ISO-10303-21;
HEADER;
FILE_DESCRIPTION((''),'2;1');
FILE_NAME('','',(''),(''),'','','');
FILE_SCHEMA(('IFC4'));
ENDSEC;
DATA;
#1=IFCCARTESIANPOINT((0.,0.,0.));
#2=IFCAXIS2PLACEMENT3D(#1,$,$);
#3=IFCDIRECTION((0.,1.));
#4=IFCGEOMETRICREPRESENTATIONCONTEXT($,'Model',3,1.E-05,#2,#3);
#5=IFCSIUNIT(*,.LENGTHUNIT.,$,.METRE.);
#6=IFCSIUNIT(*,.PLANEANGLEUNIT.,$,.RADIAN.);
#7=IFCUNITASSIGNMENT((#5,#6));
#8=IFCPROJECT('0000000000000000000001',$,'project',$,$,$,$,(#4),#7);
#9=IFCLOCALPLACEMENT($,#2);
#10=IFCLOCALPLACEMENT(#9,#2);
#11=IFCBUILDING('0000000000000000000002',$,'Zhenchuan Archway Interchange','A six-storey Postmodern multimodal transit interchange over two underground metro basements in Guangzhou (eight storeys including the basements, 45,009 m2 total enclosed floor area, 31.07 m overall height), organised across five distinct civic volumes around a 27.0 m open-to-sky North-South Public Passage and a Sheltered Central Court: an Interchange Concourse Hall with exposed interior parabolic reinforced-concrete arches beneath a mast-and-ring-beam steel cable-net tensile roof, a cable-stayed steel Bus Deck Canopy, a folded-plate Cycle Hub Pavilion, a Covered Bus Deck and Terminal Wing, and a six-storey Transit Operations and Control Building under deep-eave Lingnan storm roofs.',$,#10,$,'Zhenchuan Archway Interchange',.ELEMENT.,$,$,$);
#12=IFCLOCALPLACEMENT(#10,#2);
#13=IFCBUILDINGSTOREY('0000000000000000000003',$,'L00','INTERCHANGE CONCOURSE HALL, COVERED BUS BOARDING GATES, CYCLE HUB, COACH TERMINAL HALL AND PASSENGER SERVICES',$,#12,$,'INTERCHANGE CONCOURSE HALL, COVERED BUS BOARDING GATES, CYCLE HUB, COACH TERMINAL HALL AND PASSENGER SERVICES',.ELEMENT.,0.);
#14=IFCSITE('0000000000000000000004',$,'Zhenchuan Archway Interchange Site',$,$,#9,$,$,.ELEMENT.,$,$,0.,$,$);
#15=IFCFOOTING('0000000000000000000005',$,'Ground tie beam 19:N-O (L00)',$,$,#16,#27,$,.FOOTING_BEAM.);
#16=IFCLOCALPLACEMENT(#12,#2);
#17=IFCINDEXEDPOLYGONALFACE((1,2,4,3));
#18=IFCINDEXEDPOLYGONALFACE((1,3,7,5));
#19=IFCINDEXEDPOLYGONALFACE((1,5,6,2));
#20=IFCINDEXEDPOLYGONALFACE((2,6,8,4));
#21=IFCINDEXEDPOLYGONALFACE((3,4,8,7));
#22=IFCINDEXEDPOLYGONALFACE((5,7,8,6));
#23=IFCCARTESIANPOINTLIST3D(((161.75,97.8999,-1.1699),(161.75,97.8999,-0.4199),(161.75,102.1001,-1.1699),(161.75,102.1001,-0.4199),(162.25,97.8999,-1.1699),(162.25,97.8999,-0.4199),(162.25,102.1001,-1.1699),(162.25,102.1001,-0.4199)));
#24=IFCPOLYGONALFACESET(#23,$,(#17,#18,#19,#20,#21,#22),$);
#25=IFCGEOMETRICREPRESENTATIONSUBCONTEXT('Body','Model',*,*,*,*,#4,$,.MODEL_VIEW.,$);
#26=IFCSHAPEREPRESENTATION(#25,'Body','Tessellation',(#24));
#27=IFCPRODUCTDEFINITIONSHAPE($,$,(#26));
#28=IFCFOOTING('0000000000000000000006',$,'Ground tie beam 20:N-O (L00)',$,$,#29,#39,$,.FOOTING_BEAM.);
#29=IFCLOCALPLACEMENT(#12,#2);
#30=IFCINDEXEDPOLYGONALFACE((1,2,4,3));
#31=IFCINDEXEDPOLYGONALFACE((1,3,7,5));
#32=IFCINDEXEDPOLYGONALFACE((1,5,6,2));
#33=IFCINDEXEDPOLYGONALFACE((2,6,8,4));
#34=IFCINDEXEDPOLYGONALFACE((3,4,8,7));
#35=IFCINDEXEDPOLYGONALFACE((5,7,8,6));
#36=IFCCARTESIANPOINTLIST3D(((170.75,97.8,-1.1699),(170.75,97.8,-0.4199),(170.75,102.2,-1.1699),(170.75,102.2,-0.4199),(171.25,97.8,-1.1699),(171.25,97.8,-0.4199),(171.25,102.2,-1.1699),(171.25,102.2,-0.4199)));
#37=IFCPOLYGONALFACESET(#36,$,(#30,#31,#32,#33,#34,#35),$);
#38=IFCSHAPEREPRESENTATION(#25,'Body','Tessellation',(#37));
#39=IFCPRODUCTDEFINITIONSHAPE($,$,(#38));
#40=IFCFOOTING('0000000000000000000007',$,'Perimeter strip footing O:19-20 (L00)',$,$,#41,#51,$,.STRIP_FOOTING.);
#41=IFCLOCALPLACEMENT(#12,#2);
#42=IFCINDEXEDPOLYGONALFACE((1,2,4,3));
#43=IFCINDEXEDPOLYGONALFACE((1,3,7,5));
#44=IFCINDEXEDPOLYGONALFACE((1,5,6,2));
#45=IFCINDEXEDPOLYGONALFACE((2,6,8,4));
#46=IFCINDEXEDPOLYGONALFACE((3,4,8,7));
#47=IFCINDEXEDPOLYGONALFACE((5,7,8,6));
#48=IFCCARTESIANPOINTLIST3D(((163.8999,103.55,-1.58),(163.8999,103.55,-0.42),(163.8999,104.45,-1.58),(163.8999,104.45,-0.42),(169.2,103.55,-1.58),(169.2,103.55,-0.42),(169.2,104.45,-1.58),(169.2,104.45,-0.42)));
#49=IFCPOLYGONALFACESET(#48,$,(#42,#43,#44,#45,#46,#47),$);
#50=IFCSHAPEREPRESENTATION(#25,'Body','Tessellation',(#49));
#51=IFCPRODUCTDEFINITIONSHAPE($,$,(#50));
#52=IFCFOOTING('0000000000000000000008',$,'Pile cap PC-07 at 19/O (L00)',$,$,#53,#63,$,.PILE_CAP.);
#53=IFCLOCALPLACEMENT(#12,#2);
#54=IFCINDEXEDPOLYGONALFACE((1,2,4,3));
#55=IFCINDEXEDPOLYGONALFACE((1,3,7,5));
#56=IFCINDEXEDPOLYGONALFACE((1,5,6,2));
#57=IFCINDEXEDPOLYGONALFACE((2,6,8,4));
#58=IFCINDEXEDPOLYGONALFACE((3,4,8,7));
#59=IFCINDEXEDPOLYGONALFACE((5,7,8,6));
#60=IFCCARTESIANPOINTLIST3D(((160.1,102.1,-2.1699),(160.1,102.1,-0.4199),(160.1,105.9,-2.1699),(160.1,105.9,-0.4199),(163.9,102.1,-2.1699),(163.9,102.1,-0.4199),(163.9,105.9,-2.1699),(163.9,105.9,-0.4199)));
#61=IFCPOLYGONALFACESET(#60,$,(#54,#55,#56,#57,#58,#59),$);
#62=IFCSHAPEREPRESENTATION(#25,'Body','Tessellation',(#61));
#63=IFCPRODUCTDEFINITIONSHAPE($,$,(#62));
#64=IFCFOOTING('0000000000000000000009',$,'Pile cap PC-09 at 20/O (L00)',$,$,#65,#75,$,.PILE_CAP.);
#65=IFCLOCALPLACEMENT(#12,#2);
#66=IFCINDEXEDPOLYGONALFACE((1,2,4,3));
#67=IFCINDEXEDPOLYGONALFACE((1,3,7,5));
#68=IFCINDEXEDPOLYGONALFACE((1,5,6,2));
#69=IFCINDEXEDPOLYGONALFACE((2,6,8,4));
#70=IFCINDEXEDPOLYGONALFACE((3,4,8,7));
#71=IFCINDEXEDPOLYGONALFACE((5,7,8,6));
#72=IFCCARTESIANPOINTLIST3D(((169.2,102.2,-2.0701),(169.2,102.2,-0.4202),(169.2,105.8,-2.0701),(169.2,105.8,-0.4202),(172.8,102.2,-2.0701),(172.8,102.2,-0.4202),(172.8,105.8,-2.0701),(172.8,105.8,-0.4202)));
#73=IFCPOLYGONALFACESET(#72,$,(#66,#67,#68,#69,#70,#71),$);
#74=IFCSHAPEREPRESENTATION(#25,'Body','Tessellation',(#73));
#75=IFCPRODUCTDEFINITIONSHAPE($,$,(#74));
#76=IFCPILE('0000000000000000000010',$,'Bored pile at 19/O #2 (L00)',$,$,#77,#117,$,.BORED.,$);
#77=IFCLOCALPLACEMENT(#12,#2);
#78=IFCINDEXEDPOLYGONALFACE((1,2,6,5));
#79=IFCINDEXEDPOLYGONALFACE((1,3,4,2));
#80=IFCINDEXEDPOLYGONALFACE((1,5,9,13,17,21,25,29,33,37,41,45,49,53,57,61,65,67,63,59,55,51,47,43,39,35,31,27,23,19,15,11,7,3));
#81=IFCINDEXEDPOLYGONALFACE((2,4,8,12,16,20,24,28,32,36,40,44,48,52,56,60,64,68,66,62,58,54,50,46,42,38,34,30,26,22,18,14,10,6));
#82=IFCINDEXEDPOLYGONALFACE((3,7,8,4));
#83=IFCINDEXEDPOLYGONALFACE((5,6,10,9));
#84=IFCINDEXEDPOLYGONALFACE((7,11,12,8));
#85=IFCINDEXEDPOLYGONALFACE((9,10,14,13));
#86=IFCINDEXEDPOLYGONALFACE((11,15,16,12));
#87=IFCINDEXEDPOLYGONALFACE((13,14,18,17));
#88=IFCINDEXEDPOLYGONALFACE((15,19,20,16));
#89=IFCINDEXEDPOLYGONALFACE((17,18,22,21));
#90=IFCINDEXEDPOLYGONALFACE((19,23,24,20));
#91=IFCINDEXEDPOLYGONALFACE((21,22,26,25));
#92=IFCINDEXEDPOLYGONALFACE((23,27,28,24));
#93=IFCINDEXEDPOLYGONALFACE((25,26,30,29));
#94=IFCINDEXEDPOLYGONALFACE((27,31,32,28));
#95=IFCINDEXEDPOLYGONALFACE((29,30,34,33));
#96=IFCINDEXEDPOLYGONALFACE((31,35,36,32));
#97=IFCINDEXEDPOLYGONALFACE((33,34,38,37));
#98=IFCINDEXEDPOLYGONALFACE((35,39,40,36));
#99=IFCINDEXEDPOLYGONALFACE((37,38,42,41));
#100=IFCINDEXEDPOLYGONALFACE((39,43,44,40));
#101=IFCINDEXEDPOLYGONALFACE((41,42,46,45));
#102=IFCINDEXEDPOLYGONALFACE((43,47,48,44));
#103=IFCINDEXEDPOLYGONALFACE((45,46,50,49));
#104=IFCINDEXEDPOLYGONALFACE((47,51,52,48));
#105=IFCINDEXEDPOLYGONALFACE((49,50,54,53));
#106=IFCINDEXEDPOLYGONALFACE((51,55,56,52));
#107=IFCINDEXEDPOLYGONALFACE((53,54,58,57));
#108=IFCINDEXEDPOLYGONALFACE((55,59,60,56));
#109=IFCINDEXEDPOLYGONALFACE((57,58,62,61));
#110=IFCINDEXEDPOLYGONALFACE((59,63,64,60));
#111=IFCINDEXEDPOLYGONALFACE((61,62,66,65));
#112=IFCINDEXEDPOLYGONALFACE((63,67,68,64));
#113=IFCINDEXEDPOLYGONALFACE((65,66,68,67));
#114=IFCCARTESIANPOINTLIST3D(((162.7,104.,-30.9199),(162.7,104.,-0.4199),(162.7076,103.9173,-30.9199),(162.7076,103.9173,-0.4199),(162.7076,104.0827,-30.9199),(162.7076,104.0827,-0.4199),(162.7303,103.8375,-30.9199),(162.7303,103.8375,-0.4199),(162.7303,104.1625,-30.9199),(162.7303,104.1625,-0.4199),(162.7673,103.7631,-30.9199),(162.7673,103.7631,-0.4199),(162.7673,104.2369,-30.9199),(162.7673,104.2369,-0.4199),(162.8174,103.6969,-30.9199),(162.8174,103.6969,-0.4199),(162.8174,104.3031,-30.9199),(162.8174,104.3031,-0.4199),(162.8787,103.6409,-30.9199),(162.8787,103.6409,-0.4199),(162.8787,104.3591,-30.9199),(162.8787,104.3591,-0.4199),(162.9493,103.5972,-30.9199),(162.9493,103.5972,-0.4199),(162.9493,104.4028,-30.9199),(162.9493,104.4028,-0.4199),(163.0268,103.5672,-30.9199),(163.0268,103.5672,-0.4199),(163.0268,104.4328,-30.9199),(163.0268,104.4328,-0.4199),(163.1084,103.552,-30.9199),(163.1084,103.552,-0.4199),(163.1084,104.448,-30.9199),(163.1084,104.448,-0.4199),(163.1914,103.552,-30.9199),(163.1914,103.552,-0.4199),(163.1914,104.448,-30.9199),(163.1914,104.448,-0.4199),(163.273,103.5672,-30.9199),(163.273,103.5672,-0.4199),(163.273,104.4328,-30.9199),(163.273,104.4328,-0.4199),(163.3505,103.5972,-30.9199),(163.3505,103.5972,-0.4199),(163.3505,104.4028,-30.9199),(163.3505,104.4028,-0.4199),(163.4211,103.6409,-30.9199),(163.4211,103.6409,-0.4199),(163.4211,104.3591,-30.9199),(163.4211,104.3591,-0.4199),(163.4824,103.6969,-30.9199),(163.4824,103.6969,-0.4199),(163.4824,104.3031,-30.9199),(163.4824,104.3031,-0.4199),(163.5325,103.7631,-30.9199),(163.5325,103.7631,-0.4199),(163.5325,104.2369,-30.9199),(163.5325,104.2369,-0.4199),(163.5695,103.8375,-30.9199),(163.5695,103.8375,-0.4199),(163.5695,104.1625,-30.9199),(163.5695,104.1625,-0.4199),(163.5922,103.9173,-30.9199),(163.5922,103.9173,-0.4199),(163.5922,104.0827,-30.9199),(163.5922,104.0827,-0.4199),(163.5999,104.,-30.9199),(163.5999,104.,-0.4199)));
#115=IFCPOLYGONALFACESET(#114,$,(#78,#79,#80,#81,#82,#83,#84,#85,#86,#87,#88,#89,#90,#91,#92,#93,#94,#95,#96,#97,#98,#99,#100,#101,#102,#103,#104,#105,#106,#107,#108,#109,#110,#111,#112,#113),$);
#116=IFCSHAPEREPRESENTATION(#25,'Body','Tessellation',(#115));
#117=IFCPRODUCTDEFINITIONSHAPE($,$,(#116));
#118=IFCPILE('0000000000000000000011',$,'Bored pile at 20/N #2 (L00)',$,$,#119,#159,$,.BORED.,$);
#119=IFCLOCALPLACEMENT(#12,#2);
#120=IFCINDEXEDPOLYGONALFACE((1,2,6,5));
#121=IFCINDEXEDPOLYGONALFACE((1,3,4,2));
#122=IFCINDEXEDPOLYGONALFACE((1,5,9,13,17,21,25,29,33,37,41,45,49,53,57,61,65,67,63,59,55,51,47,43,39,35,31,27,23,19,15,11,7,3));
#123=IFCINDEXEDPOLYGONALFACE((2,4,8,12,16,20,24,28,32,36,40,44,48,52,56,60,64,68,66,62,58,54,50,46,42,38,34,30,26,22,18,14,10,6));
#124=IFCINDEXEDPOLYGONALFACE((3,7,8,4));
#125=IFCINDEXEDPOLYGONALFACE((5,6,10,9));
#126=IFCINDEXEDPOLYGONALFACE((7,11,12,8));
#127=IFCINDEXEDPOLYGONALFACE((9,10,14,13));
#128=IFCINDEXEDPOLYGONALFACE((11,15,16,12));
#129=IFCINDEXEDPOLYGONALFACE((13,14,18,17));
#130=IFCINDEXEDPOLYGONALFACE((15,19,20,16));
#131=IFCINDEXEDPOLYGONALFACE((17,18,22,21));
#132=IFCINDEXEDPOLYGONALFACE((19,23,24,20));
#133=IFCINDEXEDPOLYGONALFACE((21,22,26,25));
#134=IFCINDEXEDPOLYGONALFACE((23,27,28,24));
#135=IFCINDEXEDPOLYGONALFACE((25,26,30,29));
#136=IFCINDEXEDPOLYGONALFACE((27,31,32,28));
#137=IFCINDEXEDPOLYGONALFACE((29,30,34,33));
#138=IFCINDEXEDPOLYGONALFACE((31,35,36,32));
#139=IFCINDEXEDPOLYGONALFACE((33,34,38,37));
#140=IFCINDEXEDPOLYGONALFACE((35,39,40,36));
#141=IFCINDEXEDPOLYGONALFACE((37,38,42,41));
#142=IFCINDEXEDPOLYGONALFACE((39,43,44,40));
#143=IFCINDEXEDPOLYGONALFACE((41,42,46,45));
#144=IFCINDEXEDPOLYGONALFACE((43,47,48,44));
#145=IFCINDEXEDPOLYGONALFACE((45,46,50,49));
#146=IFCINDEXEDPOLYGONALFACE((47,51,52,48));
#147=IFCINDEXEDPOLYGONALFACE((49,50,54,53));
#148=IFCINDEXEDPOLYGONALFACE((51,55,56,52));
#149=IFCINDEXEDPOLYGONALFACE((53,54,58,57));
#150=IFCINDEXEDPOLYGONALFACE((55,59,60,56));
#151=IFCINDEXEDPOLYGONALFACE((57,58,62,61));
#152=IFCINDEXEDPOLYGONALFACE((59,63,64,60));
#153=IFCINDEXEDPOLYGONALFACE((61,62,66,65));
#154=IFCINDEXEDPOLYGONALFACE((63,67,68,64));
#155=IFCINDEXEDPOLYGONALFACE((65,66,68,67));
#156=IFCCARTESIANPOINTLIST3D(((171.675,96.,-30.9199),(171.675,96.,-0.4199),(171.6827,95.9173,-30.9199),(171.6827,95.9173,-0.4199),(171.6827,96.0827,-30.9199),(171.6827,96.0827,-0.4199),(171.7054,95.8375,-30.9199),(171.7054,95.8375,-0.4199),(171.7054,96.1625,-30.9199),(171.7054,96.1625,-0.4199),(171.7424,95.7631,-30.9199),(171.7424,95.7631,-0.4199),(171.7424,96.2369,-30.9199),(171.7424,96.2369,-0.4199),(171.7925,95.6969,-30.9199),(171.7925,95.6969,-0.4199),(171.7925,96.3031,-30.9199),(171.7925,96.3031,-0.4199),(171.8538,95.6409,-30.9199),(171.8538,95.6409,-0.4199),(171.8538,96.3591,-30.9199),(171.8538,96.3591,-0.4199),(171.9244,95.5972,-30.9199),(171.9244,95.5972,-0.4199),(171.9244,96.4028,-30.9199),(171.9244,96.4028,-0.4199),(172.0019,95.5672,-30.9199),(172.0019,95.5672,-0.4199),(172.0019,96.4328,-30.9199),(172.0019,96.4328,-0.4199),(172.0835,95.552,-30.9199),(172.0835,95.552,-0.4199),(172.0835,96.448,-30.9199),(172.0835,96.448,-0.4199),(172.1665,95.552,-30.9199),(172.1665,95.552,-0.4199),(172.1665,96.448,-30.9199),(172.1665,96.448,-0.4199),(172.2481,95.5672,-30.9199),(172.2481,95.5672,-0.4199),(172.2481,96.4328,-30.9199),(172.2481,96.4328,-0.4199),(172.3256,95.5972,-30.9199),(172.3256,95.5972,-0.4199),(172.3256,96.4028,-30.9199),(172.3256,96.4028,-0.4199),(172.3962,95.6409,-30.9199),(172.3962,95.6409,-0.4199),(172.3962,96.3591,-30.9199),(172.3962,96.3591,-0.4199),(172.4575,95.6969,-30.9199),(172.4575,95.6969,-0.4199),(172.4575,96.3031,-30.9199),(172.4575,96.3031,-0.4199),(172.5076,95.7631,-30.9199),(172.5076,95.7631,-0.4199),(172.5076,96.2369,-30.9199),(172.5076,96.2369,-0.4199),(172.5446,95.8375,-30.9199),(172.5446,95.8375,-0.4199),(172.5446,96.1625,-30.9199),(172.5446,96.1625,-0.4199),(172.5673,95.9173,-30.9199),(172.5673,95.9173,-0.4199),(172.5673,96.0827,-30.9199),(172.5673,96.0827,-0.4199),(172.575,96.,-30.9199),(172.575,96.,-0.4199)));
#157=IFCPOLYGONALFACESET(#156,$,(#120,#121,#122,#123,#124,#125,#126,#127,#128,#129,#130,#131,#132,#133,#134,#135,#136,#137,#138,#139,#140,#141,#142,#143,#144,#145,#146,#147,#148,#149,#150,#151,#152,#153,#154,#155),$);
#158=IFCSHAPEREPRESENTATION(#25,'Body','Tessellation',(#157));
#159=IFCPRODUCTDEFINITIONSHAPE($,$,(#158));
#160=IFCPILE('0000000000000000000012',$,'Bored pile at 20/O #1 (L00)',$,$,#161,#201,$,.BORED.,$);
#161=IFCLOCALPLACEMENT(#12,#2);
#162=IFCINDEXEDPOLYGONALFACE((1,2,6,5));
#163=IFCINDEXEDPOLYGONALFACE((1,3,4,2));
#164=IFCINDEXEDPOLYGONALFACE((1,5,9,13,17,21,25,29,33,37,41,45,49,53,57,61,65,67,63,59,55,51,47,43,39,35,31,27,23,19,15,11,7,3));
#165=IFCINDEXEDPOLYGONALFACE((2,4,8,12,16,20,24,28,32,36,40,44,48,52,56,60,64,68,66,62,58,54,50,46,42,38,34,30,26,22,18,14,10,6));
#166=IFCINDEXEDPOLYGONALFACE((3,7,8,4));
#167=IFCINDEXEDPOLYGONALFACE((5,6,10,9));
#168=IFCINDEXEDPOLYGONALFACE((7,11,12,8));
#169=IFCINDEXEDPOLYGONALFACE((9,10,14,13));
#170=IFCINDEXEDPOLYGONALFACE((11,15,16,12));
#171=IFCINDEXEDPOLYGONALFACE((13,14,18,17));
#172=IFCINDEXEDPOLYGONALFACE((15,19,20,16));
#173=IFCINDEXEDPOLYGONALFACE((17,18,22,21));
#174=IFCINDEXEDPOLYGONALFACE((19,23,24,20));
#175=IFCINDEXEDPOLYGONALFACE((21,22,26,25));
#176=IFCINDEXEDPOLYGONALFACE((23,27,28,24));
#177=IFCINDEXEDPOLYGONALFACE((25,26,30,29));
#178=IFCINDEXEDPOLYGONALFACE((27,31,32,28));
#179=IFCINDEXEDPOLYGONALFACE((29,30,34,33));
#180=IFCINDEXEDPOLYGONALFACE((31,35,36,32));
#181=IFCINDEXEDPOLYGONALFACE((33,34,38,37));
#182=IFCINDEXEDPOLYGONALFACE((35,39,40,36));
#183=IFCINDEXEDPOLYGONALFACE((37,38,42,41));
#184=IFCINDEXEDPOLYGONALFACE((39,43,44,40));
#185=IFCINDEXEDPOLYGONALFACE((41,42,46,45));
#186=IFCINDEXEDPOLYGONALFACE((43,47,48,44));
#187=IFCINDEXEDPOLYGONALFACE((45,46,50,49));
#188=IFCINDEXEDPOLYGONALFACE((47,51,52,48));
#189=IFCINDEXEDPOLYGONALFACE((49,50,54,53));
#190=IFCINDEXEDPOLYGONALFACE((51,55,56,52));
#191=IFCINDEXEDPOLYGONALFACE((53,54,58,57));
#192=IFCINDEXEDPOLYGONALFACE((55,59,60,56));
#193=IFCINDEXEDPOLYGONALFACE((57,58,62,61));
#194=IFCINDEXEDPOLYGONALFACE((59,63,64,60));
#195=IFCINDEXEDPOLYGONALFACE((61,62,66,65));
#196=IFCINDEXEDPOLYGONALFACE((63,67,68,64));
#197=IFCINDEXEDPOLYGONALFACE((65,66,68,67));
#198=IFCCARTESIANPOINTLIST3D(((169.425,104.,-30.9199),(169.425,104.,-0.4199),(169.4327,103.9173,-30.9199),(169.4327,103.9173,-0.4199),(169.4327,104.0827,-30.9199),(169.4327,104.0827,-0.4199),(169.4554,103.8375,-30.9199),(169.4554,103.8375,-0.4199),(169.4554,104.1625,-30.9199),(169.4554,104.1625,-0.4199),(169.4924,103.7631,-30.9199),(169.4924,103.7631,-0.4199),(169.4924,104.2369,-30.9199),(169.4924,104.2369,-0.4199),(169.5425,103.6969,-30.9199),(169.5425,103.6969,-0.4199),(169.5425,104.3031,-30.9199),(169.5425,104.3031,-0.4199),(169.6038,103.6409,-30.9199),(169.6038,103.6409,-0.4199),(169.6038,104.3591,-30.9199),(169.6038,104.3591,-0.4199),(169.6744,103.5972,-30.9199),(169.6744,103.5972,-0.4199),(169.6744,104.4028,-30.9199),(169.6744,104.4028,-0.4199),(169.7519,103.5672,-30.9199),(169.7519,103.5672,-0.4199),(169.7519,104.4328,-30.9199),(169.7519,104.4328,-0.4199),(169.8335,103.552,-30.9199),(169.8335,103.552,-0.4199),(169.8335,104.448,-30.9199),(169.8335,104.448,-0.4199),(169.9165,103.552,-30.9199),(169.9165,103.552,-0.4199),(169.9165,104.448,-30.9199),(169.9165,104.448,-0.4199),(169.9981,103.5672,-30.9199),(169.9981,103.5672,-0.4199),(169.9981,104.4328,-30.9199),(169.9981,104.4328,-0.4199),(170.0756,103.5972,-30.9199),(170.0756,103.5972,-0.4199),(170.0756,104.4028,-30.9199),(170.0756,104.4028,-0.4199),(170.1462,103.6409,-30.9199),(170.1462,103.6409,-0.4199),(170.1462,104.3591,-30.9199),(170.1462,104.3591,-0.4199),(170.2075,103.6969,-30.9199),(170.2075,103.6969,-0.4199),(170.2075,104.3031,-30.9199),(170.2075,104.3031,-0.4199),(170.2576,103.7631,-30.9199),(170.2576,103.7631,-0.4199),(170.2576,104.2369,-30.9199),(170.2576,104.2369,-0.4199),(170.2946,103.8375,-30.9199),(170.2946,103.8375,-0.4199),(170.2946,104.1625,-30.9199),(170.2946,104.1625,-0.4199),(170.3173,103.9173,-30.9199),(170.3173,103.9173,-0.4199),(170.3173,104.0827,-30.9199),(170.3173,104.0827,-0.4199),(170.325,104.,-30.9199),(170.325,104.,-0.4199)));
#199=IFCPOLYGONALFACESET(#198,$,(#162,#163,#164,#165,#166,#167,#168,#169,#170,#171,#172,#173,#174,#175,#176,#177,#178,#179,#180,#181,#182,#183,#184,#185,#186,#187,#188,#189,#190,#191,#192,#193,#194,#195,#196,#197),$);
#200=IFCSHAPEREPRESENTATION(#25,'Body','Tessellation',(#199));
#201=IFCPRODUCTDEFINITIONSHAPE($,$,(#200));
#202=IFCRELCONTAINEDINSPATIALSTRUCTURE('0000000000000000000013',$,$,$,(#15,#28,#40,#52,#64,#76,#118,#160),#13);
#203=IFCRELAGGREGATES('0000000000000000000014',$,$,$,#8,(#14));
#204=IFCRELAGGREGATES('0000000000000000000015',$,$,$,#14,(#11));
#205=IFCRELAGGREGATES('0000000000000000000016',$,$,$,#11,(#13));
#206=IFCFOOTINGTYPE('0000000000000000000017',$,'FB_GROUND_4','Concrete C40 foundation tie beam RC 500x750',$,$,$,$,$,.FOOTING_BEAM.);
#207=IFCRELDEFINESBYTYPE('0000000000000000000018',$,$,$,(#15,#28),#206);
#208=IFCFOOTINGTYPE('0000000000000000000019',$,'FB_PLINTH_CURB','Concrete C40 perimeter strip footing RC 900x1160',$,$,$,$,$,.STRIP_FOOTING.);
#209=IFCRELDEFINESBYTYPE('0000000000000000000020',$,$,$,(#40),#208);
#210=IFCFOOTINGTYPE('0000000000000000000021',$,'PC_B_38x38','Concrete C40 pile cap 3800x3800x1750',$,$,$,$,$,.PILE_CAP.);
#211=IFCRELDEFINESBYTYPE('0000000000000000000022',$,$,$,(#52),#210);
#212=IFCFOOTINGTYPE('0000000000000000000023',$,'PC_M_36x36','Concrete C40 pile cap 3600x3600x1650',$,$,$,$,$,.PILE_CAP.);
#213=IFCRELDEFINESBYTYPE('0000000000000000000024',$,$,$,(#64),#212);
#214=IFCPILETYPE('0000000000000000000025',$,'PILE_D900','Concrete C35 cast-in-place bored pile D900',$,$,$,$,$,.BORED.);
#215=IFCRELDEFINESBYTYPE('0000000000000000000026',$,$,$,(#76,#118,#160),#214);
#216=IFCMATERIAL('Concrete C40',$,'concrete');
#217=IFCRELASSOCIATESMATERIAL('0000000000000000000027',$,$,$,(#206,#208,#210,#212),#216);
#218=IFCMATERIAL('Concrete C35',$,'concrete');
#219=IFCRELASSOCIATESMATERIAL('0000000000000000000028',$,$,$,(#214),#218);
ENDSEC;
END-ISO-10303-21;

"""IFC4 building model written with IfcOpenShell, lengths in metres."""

from ifc_helpers import new_model, si_unit, direction, frame, origin, origin_2d, place, context, subcontext, project, spatial, rectangle, circle, extrude, material, material_profile, profile_set, type_object, element, save


model = new_model("IFC4")

# Units and contexts
model_context = context("Model", 3, precision=1e-05, world=origin(), true_north=direction((0.0, 1.0)))
body_context = subcontext(model_context, "Body", "Model", "MODEL_VIEW")
ifc_project = project(units=[si_unit("LENGTHUNIT", "METRE"), si_unit("PLANEANGLEUNIT", "RADIAN")], contexts=[model_context])

# Site, building, storey
site_placement = place(None, origin())
site = spatial("IfcSite", under=ifc_project, at=site_placement, Name="Zhenchuan Archway Interchange Site", CompositionType="ELEMENT", RefElevation=0.0)
building_placement = place(site_placement, origin())
building = spatial("IfcBuilding", under=site, at=building_placement, Name="Zhenchuan Archway Interchange", Description="A six-storey Postmodern multimodal transit interchange over two underground metro basements in Guangzhou (eight storeys including the basements, 45,009 m2 total enclosed floor area, 31.07 m overall height), organised across five distinct civic volumes around a 27.0 m open-to-sky North-South Public Passage and a Sheltered Central Court: an Interchange Concourse Hall with exposed interior parabolic reinforced-concrete arches beneath a mast-and-ring-beam steel cable-net tensile roof, a cable-stayed steel Bus Deck Canopy, a folded-plate Cycle Hub Pavilion, a Covered Bus Deck and Terminal Wing, and a six-storey Transit Operations and Control Building under deep-eave Lingnan storm roofs.", LongName="Zhenchuan Archway Interchange", CompositionType="ELEMENT")
storey_placement = place(building_placement, origin())
storey = spatial("IfcBuildingStorey", under=building, at=storey_placement, Name="L00", Description="INTERCHANGE CONCOURSE HALL, COVERED BUS BOARDING GATES, CYCLE HUB, COACH TERMINAL HALL AND PASSENGER SERVICES", LongName="INTERCHANGE CONCOURSE HALL, COVERED BUS BOARDING GATES, CYCLE HUB, COACH TERMINAL HALL AND PASSENGER SERVICES", CompositionType="ELEMENT", Elevation=0.0)

# Footings
ifc_material_1 = material(Name="Concrete C40", Category="concrete")
ifc_material_profile_1 = material_profile(ifc_material_1, rectangle(XDim=0.5, YDim=0.75, at=origin_2d()), Name="RC 500x750")
ifc_profile_set_1 = profile_set([ifc_material_profile_1], Name="Concrete C40")
footing_type_1 = type_object("IfcFootingType", Name="FB_GROUND_4", Description="Concrete C40 foundation tie beam RC 500x750", PredefinedType="FOOTING_BEAM", material=ifc_profile_set_1)
footing_1_placement = place(storey_placement, frame((162.0, 97.8999, -0.7949), z_axis=(0.0, 1.0, 0.0), x_axis=(-1.0, 0.0, 0.0)))
element("IfcFooting", 1, at=footing_1_placement, inside=storey, type_object=footing_type_1, Name="Ground tie beam 19:N-O (L00)", PredefinedType="FOOTING_BEAM", context=body_context, shape_type="SweptSolid", body=[
    extrude(rectangle(XDim=0.5, YDim=0.75, at=origin_2d()), origin(), (0.0, 0.0, 1.0), 4.2002),
])
footing_2_placement = place(storey_placement, frame((171.0, 97.8, -0.7949), z_axis=(0.0, 1.0, 0.0), x_axis=(-1.0, 0.0, 0.0)))
element("IfcFooting", 2, at=footing_2_placement, inside=storey, type_object=footing_type_1, Name="Ground tie beam 20:N-O (L00)", PredefinedType="FOOTING_BEAM", context=body_context, shape_type="SweptSolid", body=[
    extrude(rectangle(XDim=0.5, YDim=0.75, at=origin_2d()), origin(), (0.0, 0.0, 1.0), 4.3999),
])
ifc_material_profile_2 = material_profile(ifc_material_1, rectangle(XDim=0.8999, YDim=1.1599, at=origin_2d()), Name="RC 900x1160")
ifc_profile_set_2 = profile_set([ifc_material_profile_2], Name="Concrete C40")
footing_type_2 = type_object("IfcFootingType", Name="FB_PLINTH_CURB", Description="Concrete C40 perimeter strip footing RC 900x1160", PredefinedType="STRIP_FOOTING", material=ifc_profile_set_2)
footing_3_placement = place(storey_placement, frame((163.8999, 104.0, -1.0), z_axis=(1.0, 0.0, 0.0), x_axis=(0.0, 1.0, 0.0)))
element("IfcFooting", 3, at=footing_3_placement, inside=storey, type_object=footing_type_2, Name="Perimeter strip footing O:19-20 (L00)", PredefinedType="STRIP_FOOTING", context=body_context, shape_type="SweptSolid", body=[
    extrude(rectangle(XDim=0.8999, YDim=1.1599, at=origin_2d()), origin(), (0.0, 0.0, 1.0), 5.3),
])
footing_type_3 = type_object("IfcFootingType", Name="PC_B_38x38", Description="Concrete C40 pile cap 3800x3800x1750", PredefinedType="PILE_CAP", material=ifc_material_1)
footing_4_placement = place(storey_placement, frame((162.0, 104.0, -2.1699), z_axis=(0.0, 0.0, 1.0), x_axis=(1.0, 0.0, 0.0)))
element("IfcFooting", 4, at=footing_4_placement, inside=storey, type_object=footing_type_3, Name="Pile cap PC-07 at 19/O (L00)", PredefinedType="PILE_CAP", context=body_context, shape_type="SweptSolid", body=[
    extrude(rectangle(XDim=3.8, YDim=3.8, at=origin_2d()), origin(), (0.0, 0.0, 1.0), 1.75),
])
footing_type_4 = type_object("IfcFootingType", Name="PC_M_36x36", Description="Concrete C40 pile cap 3600x3600x1650", PredefinedType="PILE_CAP", material=ifc_material_1)
footing_5_placement = place(storey_placement, frame((171.0, 104.0, -2.0701), z_axis=(0.0, 0.0, 1.0), x_axis=(1.0, 0.0, 0.0)))
element("IfcFooting", 5, at=footing_5_placement, inside=storey, type_object=footing_type_4, Name="Pile cap PC-09 at 20/O (L00)", PredefinedType="PILE_CAP", context=body_context, shape_type="SweptSolid", body=[
    extrude(rectangle(XDim=3.6001, YDim=3.6001, at=origin_2d()), origin(), (0.0, 0.0, 1.0), 1.6499),
])

# Piles
ifc_material_2 = material(Name="Concrete C35", Category="concrete")
ifc_material_profile_3 = material_profile(ifc_material_2, circle(Radius=0.45, at=origin_2d()), Name="BORED PILE 900")
ifc_profile_set_3 = profile_set([ifc_material_profile_3], Name="Concrete C35")
pile_type = type_object("IfcPileType", Name="PILE_D900", Description="Concrete C35 cast-in-place bored pile D900", PredefinedType="BORED", material=ifc_profile_set_3)
for number, where, z_axis, x_axis, name in (
    (6, (163.1499, 104.0, -0.4199), (0.0, 0.0, -1.0), (1.0, 0.0, 0.0), "Bored pile at 19/O #2 (L00)"),
    (7, (172.125, 96.0, -0.4199), (0.0, 0.0, -1.0), (1.0, 0.0, 0.0), "Bored pile at 20/N #2 (L00)"),
    (8, (169.875, 104.0, -0.4199), (0.0, 0.0, -1.0), (1.0, 0.0, 0.0), "Bored pile at 20/O #1 (L00)"),
):
    element("IfcPile", number, at=place(storey_placement, frame(where, z_axis=z_axis, x_axis=x_axis)), inside=storey, type_object=pile_type, Name=name, PredefinedType="BORED", context=body_context, shape_type="SweptSolid", body=[
        extrude(circle(Radius=0.45, at=origin_2d()), origin(), (0.0, 0.0, 1.0), 30.5),
    ])

save(model, "model.ifc")
